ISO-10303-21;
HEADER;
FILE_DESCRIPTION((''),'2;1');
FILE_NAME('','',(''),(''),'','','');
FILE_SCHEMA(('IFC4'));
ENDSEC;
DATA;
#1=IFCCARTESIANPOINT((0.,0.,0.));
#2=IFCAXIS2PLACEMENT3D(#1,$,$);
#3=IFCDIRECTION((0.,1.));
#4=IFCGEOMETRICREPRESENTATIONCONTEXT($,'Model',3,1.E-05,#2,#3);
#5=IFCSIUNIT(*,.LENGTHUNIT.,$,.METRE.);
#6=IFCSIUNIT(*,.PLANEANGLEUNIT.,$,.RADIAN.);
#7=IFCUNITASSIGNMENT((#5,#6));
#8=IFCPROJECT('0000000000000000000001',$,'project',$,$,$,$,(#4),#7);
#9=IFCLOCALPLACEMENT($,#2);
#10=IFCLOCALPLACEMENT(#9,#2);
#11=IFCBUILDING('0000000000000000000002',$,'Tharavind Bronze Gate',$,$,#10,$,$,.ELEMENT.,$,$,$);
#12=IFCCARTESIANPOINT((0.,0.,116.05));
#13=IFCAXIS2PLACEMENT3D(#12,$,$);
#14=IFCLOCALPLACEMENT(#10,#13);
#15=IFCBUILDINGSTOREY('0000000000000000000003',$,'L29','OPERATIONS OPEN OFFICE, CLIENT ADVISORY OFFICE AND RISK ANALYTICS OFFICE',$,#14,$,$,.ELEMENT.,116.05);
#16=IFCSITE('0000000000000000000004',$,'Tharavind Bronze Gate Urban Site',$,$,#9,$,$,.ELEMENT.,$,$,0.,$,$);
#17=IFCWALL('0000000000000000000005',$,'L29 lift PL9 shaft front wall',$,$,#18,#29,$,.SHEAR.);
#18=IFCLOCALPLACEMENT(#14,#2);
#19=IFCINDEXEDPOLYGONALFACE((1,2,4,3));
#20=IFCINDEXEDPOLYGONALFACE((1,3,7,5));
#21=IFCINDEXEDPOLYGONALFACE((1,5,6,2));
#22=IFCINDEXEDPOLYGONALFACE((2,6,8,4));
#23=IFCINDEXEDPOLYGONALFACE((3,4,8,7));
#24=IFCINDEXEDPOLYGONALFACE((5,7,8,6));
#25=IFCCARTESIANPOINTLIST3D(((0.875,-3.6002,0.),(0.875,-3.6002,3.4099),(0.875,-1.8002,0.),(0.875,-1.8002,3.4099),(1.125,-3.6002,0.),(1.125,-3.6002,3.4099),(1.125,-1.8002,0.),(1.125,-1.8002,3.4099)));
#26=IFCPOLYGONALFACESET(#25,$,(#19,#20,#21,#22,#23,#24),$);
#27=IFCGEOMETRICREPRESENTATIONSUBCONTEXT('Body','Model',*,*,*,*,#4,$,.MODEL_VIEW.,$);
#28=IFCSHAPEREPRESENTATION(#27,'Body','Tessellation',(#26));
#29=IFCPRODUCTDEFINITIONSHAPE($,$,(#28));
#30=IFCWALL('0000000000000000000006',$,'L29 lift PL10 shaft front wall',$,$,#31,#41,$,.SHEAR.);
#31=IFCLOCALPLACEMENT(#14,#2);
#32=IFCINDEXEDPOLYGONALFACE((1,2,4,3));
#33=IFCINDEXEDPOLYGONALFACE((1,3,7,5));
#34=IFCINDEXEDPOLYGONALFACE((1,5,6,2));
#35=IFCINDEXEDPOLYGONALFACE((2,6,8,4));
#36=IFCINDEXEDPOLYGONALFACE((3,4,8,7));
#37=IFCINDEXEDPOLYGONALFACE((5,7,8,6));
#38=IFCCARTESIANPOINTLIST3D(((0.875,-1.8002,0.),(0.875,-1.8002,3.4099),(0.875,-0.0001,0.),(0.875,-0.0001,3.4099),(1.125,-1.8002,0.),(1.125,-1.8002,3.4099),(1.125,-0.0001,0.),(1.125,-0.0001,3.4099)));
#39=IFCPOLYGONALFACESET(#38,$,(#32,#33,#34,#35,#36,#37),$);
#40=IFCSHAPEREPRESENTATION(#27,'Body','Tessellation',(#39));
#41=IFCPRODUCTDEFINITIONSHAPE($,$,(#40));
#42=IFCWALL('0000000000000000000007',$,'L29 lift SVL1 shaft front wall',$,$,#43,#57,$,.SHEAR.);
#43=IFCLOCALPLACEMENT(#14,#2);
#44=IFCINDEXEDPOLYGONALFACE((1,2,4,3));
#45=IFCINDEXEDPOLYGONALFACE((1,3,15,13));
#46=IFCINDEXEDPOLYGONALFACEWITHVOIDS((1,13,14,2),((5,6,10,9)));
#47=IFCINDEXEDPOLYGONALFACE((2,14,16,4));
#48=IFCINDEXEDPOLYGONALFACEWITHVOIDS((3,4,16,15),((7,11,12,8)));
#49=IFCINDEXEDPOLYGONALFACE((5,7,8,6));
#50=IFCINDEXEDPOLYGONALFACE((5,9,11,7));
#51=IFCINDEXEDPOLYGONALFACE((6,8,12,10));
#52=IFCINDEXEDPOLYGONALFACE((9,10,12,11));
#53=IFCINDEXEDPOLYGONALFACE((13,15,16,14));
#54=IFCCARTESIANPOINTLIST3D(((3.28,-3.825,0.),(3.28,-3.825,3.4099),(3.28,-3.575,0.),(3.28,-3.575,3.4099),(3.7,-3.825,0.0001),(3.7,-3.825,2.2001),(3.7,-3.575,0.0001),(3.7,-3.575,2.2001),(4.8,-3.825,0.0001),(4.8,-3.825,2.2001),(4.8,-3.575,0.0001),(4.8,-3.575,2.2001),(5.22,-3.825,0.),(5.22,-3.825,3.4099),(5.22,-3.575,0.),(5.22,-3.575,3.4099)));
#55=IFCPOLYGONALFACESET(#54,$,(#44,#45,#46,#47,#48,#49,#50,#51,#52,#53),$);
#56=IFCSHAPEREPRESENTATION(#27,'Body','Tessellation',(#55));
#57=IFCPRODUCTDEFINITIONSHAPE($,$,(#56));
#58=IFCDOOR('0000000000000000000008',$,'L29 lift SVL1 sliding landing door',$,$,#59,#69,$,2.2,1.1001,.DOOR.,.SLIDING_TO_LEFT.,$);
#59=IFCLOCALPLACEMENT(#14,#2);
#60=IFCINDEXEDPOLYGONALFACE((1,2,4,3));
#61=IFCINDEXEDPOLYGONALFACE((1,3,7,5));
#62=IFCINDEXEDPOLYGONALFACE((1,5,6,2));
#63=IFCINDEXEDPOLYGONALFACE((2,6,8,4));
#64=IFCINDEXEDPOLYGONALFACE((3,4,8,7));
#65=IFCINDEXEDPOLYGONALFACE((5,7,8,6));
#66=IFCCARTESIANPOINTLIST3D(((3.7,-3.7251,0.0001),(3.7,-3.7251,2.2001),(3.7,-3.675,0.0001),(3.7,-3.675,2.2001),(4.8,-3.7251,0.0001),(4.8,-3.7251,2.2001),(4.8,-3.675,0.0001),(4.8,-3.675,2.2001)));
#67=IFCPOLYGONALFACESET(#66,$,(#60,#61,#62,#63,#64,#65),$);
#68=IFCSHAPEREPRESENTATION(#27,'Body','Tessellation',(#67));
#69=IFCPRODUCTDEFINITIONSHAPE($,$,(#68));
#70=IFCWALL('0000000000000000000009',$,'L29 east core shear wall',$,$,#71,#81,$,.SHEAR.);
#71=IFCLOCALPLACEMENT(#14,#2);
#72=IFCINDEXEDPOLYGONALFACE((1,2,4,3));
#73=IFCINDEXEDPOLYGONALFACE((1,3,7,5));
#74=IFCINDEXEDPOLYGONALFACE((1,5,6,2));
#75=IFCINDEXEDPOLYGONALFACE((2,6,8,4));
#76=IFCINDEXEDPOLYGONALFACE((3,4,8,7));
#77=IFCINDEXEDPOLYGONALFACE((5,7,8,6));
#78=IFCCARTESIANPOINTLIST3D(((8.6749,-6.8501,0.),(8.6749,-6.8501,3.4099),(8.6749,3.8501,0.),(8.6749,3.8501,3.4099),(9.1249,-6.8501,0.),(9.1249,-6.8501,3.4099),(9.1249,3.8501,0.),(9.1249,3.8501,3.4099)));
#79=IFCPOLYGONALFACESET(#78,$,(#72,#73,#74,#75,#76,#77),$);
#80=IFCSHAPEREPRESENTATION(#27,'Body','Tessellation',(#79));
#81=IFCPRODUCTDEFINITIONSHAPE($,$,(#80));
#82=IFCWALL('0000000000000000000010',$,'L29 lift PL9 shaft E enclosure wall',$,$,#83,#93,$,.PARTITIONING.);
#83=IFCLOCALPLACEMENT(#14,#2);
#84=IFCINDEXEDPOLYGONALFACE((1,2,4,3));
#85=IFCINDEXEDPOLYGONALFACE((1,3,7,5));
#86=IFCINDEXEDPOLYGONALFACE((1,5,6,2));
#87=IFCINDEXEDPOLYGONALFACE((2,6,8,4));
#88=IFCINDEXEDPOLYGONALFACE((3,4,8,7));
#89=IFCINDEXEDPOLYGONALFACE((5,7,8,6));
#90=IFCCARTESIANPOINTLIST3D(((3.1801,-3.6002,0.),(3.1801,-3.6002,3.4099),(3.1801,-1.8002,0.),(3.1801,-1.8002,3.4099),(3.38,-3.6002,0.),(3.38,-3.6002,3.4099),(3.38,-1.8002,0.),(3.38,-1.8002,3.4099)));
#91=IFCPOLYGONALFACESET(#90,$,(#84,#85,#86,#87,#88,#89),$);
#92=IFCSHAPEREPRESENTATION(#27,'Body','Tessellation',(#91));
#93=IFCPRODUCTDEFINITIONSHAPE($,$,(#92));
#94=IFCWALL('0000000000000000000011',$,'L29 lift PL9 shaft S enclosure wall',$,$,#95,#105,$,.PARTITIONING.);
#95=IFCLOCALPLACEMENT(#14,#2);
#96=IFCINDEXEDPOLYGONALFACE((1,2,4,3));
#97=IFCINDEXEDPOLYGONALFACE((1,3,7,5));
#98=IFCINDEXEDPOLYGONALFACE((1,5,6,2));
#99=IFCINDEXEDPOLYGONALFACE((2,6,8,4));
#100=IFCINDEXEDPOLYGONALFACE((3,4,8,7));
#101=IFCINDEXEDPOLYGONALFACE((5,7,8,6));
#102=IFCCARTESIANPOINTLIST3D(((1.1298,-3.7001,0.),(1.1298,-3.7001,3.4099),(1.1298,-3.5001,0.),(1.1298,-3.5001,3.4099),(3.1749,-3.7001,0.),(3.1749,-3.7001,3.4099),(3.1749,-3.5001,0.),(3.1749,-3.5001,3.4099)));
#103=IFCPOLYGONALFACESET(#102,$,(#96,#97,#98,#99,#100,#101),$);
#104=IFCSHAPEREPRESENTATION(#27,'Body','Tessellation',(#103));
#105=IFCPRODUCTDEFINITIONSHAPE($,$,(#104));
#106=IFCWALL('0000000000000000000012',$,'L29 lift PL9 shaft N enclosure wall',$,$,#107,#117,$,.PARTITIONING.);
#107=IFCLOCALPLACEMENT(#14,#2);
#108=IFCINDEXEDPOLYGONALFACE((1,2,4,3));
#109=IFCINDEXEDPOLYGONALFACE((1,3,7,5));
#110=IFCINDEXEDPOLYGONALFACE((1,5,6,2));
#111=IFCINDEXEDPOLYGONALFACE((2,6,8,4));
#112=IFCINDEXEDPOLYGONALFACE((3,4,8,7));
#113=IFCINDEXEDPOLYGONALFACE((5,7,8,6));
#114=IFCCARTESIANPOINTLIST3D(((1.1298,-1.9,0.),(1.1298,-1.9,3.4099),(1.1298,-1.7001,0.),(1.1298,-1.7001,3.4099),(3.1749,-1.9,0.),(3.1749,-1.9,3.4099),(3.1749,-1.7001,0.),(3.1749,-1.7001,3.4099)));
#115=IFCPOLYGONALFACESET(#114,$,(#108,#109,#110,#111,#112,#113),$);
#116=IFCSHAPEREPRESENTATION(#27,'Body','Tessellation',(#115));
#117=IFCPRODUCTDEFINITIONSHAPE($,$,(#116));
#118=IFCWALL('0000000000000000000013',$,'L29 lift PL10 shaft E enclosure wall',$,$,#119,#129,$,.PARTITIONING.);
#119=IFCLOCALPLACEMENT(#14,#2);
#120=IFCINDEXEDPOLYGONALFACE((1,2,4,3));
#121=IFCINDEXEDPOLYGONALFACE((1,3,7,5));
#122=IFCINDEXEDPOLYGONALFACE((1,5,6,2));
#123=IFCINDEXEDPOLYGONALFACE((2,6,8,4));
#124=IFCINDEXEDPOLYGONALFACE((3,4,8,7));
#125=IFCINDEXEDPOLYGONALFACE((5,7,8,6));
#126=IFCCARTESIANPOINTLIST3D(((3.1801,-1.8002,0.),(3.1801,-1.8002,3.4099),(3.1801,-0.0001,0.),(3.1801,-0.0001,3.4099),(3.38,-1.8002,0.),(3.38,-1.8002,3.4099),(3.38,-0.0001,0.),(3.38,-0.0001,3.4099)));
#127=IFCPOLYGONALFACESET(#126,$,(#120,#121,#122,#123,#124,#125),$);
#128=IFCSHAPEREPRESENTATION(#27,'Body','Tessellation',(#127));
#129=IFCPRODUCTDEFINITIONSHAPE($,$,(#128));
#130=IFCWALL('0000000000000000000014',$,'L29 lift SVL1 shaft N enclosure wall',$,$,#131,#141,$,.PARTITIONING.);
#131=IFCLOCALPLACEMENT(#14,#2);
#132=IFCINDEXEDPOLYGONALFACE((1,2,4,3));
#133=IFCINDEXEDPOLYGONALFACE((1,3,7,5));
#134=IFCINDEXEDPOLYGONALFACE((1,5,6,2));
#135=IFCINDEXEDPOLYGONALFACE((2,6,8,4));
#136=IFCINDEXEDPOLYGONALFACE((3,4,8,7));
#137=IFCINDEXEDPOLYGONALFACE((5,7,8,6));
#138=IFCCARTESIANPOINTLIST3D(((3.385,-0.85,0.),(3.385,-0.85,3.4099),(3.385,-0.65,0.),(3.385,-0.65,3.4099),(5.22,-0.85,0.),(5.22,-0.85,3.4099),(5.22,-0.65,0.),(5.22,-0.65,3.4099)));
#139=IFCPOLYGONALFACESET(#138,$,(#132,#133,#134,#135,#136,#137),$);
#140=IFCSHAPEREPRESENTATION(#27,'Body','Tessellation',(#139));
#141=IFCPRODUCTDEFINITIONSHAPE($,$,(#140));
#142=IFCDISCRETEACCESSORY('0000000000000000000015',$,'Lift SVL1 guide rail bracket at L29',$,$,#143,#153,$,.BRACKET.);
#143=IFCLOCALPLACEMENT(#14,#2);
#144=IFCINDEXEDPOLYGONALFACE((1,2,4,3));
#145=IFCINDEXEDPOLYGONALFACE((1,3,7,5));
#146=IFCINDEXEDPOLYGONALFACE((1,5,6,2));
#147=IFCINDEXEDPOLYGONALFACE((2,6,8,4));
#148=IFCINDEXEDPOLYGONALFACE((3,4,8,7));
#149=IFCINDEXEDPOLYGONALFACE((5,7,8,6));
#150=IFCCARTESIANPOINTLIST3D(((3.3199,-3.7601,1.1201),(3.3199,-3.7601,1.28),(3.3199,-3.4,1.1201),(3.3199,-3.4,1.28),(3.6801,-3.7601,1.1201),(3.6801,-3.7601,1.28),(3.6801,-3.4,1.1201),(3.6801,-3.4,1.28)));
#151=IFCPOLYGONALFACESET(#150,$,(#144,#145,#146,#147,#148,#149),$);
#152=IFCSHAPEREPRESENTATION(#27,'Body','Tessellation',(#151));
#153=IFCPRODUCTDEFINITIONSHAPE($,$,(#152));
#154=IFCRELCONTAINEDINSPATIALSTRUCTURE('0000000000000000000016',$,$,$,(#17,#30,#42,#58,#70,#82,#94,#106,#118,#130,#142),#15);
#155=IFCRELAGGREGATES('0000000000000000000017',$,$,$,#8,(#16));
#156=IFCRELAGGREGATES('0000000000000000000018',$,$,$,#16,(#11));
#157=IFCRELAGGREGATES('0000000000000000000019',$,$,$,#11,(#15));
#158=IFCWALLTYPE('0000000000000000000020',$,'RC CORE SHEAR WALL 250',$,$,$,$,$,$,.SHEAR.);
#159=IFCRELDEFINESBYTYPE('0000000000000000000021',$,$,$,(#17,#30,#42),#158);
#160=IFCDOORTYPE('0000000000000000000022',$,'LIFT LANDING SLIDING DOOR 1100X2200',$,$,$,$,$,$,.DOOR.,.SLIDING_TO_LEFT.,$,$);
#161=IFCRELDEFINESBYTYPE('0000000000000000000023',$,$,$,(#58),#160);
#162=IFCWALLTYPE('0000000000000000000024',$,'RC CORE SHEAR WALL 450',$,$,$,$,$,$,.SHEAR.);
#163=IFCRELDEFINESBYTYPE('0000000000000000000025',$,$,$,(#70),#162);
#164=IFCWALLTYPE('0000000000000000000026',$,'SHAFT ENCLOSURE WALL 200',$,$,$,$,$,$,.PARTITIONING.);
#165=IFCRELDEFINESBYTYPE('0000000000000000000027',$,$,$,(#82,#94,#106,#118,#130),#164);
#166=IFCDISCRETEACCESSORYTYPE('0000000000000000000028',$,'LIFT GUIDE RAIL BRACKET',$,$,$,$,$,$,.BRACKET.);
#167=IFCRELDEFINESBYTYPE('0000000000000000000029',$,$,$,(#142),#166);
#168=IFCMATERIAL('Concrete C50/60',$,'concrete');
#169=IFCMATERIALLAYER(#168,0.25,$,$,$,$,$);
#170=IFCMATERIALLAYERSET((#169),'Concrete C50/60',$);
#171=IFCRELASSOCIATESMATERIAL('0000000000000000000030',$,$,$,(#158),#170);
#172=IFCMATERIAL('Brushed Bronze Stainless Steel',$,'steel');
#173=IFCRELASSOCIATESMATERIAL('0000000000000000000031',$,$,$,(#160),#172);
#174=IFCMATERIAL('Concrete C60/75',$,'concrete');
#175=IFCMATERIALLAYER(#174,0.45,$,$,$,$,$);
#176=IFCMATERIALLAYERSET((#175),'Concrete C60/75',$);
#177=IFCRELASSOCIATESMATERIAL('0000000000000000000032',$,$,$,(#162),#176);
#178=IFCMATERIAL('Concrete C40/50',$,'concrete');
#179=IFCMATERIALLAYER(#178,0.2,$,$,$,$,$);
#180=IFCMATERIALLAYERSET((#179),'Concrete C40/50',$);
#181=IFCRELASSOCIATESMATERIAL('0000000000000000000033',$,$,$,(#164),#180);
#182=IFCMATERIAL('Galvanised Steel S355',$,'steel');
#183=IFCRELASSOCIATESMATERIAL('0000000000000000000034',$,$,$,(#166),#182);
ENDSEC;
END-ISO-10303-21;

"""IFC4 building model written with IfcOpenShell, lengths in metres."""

from ifc_helpers import new_model, si_unit, direction, frame, frame_2d, origin, origin_2d, place, context, subcontext, project, spatial, rectangle, extrude, material, layer, layer_set, type_object, element, fill, save


model = new_model("IFC4")

# Units and contexts
model_context = context("Model", 3, precision=1e-05, world=origin(), true_north=direction((0.0, 1.0)))
body_context = subcontext(model_context, "Body", "Model", "MODEL_VIEW")
ifc_project = project(units=[si_unit("LENGTHUNIT", "METRE"), si_unit("PLANEANGLEUNIT", "RADIAN")], contexts=[model_context])

# Site, building, storey
site_placement = place(None, origin())
site = spatial("IfcSite", under=ifc_project, at=site_placement, Name="Tharavind Bronze Gate Urban Site", CompositionType="ELEMENT", RefElevation=0.0)
building_placement = place(site_placement, origin())
building = spatial("IfcBuilding", under=site, at=building_placement, Name="Tharavind Bronze Gate", CompositionType="ELEMENT")
storey_placement = place(building_placement, frame((0.0, 0.0, 116.05)))
storey = spatial("IfcBuildingStorey", under=building, at=storey_placement, Name="L29", Description="OPERATIONS OPEN OFFICE, CLIENT ADVISORY OFFICE AND RISK ANALYTICS OFFICE", CompositionType="ELEMENT", Elevation=116.05)

# Walls
ifc_material_1 = material(Name="Concrete C50/60", Category="concrete")
ifc_layer_1 = layer(ifc_material_1, 0.25)
ifc_layer_set_1 = layer_set([ifc_layer_1], Name="Concrete C50/60")
wall_type_1 = type_object("IfcWallType", Name="RC CORE SHEAR WALL 250", PredefinedType="SHEAR", material=ifc_layer_set_1)
for number, where, z_axis, x_axis, name in (
    (1, (1.0, -3.6001, 0.0), (0.0, 0.0, 1.0), (0.0, 1.0, 0.0), "L29 lift PL9 shaft front wall"),
    (2, (1.0, -1.8, 0.0), (0.0, 0.0, 1.0), (0.0, 1.0, 0.0), "L29 lift PL10 shaft front wall"),
):
    element("IfcWall", number, at=place(storey_placement, frame(where, z_axis=z_axis, x_axis=x_axis)), inside=storey, type_object=wall_type_1, Name=name, PredefinedType="SHEAR", context=body_context, shape_type="SweptSolid", body=[
        extrude(rectangle(XDim=1.8, YDim=0.25, at=frame_2d((0.8999, 0.0))), origin(), (0.0, 0.0, 1.0), 3.4099),
    ])

# Wall, opening, door
wall_1_placement = place(storey_placement, frame((3.28, -3.7, 0.0), z_axis=(0.0, 0.0, 1.0), x_axis=(1.0, 0.0, 0.0)))
wall_1 = element("IfcWall", 3, at=wall_1_placement, inside=storey, type_object=wall_type_1, Name="L29 lift SVL1 shaft front wall", PredefinedType="SHEAR", context=body_context, shape_type="SweptSolid", body=[
    extrude(rectangle(XDim=1.9399, YDim=0.25, at=frame_2d((0.97, 0.0))), origin(), (0.0, 0.0, 1.0), 3.4099),
])
opening_1_placement = place(wall_1_placement, frame((0.4199, 0.0, 0.0)))
opening_1 = element("IfcOpeningElement", 4, at=opening_1_placement, cuts=wall_1, PredefinedType="OPENING", context=body_context, shape_type="SweptSolid", body=[
    extrude(rectangle(XDim=1.1001, YDim=2.2, at=frame_2d((0.55, 1.1001))), frame((0.0, 0.135, 0.0), z_axis=(0.0, -1.0, 0.0), x_axis=(1.0, 0.0, 0.0)), (0.0, 0.0, 1.0), 0.27),
])
ifc_material_2 = material(Name="Brushed Bronze Stainless Steel", Category="steel")
door_type_1 = type_object("IfcDoorType", Name="LIFT LANDING SLIDING DOOR 1100X2200", OperationType="SLIDING_TO_LEFT", PredefinedType="DOOR", material=ifc_material_2)
door_1_placement = place(opening_1_placement, origin())
door_1 = element("IfcDoor", 5, at=door_1_placement, inside=storey, type_object=door_type_1, Name="L29 lift SVL1 sliding landing door", OperationType="SLIDING_TO_LEFT", OverallHeight=2.2, OverallWidth=1.1001, PredefinedType="DOOR", context=body_context, shape_type="SweptSolid", body=[
    extrude(rectangle(XDim=1.1001, YDim=2.2, at=frame_2d((0.55, 1.1001))), frame((0.0, 0.0249, 0.0), z_axis=(0.0, -1.0, 0.0), x_axis=(1.0, 0.0, 0.0)), (0.0, 0.0, 1.0), 0.05),
])
fill(opening_1, door_1)

# Walls
ifc_material_3 = material(Name="Concrete C60/75", Category="concrete")
ifc_layer_2 = layer(ifc_material_3, 0.45)
ifc_layer_set_2 = layer_set([ifc_layer_2], Name="Concrete C60/75")
wall_type_2 = type_object("IfcWallType", Name="RC CORE SHEAR WALL 450", PredefinedType="SHEAR", material=ifc_layer_set_2)
wall_2_placement = place(storey_placement, frame((8.8999, -6.8501, 0.0), z_axis=(0.0, 0.0, 1.0), x_axis=(0.0, 1.0, 0.0)))
element("IfcWall", 6, at=wall_2_placement, inside=storey, type_object=wall_type_2, Name="L29 east core shear wall", PredefinedType="SHEAR", context=body_context, shape_type="SweptSolid", body=[
    extrude(rectangle(XDim=10.7002, YDim=0.45, at=frame_2d((5.3501, 0.0))), origin(), (0.0, 0.0, 1.0), 3.4099),
])
ifc_material_4 = material(Name="Concrete C40/50", Category="concrete")
ifc_layer_3 = layer(ifc_material_4, 0.2)
ifc_layer_set_3 = layer_set([ifc_layer_3], Name="Concrete C40/50")
wall_type_3 = type_object("IfcWallType", Name="SHAFT ENCLOSURE WALL 200", PredefinedType="PARTITIONING", material=ifc_layer_set_3)
wall_3_placement = place(storey_placement, frame((3.28, -3.6001, 0.0), z_axis=(0.0, 0.0, 1.0), x_axis=(0.0, 1.0, 0.0)))
element("IfcWall", 7, at=wall_3_placement, inside=storey, type_object=wall_type_3, Name="L29 lift PL9 shaft E enclosure wall", PredefinedType="PARTITIONING", context=body_context, shape_type="SweptSolid", body=[
    extrude(rectangle(XDim=1.8, YDim=0.2, at=frame_2d((0.8999, 0.0))), origin(), (0.0, 0.0, 1.0), 3.4099),
])
for number, where, z_axis, x_axis, name in (
    (8, (1.1299, -3.6001, 0.0), (0.0, 0.0, 1.0), (1.0, 0.0, 0.0), "L29 lift PL9 shaft S enclosure wall"),
    (9, (1.1299, -1.8, 0.0), (0.0, 0.0, 1.0), (1.0, 0.0, 0.0), "L29 lift PL9 shaft N enclosure wall"),
):
    element("IfcWall", number, at=place(storey_placement, frame(where, z_axis=z_axis, x_axis=x_axis)), inside=storey, type_object=wall_type_3, Name=name, PredefinedType="PARTITIONING", context=body_context, shape_type="SweptSolid", body=[
        extrude(rectangle(XDim=2.0452, YDim=0.2, at=frame_2d((1.0225, 0.0))), origin(), (0.0, 0.0, 1.0), 3.4099),
    ])
wall_4_placement = place(storey_placement, frame((3.28, -1.8, 0.0), z_axis=(0.0, 0.0, 1.0), x_axis=(0.0, 1.0, 0.0)))
element("IfcWall", 10, at=wall_4_placement, inside=storey, type_object=wall_type_3, Name="L29 lift PL10 shaft E enclosure wall", PredefinedType="PARTITIONING", context=body_context, shape_type="SweptSolid", body=[
    extrude(rectangle(XDim=1.8, YDim=0.2, at=frame_2d((0.8999, 0.0))), origin(), (0.0, 0.0, 1.0), 3.4099),
])
wall_5_placement = place(storey_placement, frame((3.385, -0.75, 0.0), z_axis=(0.0, 0.0, 1.0), x_axis=(1.0, 0.0, 0.0)))
element("IfcWall", 11, at=wall_5_placement, inside=storey, type_object=wall_type_3, Name="L29 lift SVL1 shaft N enclosure wall", PredefinedType="PARTITIONING", context=body_context, shape_type="SweptSolid", body=[
    extrude(rectangle(XDim=1.835, YDim=0.2, at=frame_2d((0.9175, 0.0))), origin(), (0.0, 0.0, 1.0), 3.4099),
])

# Discrete accessory
ifc_material_5 = material(Name="Galvanised Steel S355", Category="steel")
discrete_accessory_type = type_object("IfcDiscreteAccessoryType", Name="LIFT GUIDE RAIL BRACKET", PredefinedType="BRACKET", material=ifc_material_5)
discrete_accessory_placement = place(storey_placement, frame((3.5, -3.5801, 1.1201), z_axis=(0.0, 0.0, 1.0), x_axis=(1.0, 0.0, 0.0)))
element("IfcDiscreteAccessory", 12, at=discrete_accessory_placement, inside=storey, type_object=discrete_accessory_type, Name="Lift SVL1 guide rail bracket at L29", PredefinedType="BRACKET", context=body_context, shape_type="SweptSolid", body=[
    extrude(rectangle(XDim=0.3601, YDim=0.3601, at=origin_2d()), origin(), (0.0, 0.0, 1.0), 0.1599),
])

save(model, "model.ifc")
